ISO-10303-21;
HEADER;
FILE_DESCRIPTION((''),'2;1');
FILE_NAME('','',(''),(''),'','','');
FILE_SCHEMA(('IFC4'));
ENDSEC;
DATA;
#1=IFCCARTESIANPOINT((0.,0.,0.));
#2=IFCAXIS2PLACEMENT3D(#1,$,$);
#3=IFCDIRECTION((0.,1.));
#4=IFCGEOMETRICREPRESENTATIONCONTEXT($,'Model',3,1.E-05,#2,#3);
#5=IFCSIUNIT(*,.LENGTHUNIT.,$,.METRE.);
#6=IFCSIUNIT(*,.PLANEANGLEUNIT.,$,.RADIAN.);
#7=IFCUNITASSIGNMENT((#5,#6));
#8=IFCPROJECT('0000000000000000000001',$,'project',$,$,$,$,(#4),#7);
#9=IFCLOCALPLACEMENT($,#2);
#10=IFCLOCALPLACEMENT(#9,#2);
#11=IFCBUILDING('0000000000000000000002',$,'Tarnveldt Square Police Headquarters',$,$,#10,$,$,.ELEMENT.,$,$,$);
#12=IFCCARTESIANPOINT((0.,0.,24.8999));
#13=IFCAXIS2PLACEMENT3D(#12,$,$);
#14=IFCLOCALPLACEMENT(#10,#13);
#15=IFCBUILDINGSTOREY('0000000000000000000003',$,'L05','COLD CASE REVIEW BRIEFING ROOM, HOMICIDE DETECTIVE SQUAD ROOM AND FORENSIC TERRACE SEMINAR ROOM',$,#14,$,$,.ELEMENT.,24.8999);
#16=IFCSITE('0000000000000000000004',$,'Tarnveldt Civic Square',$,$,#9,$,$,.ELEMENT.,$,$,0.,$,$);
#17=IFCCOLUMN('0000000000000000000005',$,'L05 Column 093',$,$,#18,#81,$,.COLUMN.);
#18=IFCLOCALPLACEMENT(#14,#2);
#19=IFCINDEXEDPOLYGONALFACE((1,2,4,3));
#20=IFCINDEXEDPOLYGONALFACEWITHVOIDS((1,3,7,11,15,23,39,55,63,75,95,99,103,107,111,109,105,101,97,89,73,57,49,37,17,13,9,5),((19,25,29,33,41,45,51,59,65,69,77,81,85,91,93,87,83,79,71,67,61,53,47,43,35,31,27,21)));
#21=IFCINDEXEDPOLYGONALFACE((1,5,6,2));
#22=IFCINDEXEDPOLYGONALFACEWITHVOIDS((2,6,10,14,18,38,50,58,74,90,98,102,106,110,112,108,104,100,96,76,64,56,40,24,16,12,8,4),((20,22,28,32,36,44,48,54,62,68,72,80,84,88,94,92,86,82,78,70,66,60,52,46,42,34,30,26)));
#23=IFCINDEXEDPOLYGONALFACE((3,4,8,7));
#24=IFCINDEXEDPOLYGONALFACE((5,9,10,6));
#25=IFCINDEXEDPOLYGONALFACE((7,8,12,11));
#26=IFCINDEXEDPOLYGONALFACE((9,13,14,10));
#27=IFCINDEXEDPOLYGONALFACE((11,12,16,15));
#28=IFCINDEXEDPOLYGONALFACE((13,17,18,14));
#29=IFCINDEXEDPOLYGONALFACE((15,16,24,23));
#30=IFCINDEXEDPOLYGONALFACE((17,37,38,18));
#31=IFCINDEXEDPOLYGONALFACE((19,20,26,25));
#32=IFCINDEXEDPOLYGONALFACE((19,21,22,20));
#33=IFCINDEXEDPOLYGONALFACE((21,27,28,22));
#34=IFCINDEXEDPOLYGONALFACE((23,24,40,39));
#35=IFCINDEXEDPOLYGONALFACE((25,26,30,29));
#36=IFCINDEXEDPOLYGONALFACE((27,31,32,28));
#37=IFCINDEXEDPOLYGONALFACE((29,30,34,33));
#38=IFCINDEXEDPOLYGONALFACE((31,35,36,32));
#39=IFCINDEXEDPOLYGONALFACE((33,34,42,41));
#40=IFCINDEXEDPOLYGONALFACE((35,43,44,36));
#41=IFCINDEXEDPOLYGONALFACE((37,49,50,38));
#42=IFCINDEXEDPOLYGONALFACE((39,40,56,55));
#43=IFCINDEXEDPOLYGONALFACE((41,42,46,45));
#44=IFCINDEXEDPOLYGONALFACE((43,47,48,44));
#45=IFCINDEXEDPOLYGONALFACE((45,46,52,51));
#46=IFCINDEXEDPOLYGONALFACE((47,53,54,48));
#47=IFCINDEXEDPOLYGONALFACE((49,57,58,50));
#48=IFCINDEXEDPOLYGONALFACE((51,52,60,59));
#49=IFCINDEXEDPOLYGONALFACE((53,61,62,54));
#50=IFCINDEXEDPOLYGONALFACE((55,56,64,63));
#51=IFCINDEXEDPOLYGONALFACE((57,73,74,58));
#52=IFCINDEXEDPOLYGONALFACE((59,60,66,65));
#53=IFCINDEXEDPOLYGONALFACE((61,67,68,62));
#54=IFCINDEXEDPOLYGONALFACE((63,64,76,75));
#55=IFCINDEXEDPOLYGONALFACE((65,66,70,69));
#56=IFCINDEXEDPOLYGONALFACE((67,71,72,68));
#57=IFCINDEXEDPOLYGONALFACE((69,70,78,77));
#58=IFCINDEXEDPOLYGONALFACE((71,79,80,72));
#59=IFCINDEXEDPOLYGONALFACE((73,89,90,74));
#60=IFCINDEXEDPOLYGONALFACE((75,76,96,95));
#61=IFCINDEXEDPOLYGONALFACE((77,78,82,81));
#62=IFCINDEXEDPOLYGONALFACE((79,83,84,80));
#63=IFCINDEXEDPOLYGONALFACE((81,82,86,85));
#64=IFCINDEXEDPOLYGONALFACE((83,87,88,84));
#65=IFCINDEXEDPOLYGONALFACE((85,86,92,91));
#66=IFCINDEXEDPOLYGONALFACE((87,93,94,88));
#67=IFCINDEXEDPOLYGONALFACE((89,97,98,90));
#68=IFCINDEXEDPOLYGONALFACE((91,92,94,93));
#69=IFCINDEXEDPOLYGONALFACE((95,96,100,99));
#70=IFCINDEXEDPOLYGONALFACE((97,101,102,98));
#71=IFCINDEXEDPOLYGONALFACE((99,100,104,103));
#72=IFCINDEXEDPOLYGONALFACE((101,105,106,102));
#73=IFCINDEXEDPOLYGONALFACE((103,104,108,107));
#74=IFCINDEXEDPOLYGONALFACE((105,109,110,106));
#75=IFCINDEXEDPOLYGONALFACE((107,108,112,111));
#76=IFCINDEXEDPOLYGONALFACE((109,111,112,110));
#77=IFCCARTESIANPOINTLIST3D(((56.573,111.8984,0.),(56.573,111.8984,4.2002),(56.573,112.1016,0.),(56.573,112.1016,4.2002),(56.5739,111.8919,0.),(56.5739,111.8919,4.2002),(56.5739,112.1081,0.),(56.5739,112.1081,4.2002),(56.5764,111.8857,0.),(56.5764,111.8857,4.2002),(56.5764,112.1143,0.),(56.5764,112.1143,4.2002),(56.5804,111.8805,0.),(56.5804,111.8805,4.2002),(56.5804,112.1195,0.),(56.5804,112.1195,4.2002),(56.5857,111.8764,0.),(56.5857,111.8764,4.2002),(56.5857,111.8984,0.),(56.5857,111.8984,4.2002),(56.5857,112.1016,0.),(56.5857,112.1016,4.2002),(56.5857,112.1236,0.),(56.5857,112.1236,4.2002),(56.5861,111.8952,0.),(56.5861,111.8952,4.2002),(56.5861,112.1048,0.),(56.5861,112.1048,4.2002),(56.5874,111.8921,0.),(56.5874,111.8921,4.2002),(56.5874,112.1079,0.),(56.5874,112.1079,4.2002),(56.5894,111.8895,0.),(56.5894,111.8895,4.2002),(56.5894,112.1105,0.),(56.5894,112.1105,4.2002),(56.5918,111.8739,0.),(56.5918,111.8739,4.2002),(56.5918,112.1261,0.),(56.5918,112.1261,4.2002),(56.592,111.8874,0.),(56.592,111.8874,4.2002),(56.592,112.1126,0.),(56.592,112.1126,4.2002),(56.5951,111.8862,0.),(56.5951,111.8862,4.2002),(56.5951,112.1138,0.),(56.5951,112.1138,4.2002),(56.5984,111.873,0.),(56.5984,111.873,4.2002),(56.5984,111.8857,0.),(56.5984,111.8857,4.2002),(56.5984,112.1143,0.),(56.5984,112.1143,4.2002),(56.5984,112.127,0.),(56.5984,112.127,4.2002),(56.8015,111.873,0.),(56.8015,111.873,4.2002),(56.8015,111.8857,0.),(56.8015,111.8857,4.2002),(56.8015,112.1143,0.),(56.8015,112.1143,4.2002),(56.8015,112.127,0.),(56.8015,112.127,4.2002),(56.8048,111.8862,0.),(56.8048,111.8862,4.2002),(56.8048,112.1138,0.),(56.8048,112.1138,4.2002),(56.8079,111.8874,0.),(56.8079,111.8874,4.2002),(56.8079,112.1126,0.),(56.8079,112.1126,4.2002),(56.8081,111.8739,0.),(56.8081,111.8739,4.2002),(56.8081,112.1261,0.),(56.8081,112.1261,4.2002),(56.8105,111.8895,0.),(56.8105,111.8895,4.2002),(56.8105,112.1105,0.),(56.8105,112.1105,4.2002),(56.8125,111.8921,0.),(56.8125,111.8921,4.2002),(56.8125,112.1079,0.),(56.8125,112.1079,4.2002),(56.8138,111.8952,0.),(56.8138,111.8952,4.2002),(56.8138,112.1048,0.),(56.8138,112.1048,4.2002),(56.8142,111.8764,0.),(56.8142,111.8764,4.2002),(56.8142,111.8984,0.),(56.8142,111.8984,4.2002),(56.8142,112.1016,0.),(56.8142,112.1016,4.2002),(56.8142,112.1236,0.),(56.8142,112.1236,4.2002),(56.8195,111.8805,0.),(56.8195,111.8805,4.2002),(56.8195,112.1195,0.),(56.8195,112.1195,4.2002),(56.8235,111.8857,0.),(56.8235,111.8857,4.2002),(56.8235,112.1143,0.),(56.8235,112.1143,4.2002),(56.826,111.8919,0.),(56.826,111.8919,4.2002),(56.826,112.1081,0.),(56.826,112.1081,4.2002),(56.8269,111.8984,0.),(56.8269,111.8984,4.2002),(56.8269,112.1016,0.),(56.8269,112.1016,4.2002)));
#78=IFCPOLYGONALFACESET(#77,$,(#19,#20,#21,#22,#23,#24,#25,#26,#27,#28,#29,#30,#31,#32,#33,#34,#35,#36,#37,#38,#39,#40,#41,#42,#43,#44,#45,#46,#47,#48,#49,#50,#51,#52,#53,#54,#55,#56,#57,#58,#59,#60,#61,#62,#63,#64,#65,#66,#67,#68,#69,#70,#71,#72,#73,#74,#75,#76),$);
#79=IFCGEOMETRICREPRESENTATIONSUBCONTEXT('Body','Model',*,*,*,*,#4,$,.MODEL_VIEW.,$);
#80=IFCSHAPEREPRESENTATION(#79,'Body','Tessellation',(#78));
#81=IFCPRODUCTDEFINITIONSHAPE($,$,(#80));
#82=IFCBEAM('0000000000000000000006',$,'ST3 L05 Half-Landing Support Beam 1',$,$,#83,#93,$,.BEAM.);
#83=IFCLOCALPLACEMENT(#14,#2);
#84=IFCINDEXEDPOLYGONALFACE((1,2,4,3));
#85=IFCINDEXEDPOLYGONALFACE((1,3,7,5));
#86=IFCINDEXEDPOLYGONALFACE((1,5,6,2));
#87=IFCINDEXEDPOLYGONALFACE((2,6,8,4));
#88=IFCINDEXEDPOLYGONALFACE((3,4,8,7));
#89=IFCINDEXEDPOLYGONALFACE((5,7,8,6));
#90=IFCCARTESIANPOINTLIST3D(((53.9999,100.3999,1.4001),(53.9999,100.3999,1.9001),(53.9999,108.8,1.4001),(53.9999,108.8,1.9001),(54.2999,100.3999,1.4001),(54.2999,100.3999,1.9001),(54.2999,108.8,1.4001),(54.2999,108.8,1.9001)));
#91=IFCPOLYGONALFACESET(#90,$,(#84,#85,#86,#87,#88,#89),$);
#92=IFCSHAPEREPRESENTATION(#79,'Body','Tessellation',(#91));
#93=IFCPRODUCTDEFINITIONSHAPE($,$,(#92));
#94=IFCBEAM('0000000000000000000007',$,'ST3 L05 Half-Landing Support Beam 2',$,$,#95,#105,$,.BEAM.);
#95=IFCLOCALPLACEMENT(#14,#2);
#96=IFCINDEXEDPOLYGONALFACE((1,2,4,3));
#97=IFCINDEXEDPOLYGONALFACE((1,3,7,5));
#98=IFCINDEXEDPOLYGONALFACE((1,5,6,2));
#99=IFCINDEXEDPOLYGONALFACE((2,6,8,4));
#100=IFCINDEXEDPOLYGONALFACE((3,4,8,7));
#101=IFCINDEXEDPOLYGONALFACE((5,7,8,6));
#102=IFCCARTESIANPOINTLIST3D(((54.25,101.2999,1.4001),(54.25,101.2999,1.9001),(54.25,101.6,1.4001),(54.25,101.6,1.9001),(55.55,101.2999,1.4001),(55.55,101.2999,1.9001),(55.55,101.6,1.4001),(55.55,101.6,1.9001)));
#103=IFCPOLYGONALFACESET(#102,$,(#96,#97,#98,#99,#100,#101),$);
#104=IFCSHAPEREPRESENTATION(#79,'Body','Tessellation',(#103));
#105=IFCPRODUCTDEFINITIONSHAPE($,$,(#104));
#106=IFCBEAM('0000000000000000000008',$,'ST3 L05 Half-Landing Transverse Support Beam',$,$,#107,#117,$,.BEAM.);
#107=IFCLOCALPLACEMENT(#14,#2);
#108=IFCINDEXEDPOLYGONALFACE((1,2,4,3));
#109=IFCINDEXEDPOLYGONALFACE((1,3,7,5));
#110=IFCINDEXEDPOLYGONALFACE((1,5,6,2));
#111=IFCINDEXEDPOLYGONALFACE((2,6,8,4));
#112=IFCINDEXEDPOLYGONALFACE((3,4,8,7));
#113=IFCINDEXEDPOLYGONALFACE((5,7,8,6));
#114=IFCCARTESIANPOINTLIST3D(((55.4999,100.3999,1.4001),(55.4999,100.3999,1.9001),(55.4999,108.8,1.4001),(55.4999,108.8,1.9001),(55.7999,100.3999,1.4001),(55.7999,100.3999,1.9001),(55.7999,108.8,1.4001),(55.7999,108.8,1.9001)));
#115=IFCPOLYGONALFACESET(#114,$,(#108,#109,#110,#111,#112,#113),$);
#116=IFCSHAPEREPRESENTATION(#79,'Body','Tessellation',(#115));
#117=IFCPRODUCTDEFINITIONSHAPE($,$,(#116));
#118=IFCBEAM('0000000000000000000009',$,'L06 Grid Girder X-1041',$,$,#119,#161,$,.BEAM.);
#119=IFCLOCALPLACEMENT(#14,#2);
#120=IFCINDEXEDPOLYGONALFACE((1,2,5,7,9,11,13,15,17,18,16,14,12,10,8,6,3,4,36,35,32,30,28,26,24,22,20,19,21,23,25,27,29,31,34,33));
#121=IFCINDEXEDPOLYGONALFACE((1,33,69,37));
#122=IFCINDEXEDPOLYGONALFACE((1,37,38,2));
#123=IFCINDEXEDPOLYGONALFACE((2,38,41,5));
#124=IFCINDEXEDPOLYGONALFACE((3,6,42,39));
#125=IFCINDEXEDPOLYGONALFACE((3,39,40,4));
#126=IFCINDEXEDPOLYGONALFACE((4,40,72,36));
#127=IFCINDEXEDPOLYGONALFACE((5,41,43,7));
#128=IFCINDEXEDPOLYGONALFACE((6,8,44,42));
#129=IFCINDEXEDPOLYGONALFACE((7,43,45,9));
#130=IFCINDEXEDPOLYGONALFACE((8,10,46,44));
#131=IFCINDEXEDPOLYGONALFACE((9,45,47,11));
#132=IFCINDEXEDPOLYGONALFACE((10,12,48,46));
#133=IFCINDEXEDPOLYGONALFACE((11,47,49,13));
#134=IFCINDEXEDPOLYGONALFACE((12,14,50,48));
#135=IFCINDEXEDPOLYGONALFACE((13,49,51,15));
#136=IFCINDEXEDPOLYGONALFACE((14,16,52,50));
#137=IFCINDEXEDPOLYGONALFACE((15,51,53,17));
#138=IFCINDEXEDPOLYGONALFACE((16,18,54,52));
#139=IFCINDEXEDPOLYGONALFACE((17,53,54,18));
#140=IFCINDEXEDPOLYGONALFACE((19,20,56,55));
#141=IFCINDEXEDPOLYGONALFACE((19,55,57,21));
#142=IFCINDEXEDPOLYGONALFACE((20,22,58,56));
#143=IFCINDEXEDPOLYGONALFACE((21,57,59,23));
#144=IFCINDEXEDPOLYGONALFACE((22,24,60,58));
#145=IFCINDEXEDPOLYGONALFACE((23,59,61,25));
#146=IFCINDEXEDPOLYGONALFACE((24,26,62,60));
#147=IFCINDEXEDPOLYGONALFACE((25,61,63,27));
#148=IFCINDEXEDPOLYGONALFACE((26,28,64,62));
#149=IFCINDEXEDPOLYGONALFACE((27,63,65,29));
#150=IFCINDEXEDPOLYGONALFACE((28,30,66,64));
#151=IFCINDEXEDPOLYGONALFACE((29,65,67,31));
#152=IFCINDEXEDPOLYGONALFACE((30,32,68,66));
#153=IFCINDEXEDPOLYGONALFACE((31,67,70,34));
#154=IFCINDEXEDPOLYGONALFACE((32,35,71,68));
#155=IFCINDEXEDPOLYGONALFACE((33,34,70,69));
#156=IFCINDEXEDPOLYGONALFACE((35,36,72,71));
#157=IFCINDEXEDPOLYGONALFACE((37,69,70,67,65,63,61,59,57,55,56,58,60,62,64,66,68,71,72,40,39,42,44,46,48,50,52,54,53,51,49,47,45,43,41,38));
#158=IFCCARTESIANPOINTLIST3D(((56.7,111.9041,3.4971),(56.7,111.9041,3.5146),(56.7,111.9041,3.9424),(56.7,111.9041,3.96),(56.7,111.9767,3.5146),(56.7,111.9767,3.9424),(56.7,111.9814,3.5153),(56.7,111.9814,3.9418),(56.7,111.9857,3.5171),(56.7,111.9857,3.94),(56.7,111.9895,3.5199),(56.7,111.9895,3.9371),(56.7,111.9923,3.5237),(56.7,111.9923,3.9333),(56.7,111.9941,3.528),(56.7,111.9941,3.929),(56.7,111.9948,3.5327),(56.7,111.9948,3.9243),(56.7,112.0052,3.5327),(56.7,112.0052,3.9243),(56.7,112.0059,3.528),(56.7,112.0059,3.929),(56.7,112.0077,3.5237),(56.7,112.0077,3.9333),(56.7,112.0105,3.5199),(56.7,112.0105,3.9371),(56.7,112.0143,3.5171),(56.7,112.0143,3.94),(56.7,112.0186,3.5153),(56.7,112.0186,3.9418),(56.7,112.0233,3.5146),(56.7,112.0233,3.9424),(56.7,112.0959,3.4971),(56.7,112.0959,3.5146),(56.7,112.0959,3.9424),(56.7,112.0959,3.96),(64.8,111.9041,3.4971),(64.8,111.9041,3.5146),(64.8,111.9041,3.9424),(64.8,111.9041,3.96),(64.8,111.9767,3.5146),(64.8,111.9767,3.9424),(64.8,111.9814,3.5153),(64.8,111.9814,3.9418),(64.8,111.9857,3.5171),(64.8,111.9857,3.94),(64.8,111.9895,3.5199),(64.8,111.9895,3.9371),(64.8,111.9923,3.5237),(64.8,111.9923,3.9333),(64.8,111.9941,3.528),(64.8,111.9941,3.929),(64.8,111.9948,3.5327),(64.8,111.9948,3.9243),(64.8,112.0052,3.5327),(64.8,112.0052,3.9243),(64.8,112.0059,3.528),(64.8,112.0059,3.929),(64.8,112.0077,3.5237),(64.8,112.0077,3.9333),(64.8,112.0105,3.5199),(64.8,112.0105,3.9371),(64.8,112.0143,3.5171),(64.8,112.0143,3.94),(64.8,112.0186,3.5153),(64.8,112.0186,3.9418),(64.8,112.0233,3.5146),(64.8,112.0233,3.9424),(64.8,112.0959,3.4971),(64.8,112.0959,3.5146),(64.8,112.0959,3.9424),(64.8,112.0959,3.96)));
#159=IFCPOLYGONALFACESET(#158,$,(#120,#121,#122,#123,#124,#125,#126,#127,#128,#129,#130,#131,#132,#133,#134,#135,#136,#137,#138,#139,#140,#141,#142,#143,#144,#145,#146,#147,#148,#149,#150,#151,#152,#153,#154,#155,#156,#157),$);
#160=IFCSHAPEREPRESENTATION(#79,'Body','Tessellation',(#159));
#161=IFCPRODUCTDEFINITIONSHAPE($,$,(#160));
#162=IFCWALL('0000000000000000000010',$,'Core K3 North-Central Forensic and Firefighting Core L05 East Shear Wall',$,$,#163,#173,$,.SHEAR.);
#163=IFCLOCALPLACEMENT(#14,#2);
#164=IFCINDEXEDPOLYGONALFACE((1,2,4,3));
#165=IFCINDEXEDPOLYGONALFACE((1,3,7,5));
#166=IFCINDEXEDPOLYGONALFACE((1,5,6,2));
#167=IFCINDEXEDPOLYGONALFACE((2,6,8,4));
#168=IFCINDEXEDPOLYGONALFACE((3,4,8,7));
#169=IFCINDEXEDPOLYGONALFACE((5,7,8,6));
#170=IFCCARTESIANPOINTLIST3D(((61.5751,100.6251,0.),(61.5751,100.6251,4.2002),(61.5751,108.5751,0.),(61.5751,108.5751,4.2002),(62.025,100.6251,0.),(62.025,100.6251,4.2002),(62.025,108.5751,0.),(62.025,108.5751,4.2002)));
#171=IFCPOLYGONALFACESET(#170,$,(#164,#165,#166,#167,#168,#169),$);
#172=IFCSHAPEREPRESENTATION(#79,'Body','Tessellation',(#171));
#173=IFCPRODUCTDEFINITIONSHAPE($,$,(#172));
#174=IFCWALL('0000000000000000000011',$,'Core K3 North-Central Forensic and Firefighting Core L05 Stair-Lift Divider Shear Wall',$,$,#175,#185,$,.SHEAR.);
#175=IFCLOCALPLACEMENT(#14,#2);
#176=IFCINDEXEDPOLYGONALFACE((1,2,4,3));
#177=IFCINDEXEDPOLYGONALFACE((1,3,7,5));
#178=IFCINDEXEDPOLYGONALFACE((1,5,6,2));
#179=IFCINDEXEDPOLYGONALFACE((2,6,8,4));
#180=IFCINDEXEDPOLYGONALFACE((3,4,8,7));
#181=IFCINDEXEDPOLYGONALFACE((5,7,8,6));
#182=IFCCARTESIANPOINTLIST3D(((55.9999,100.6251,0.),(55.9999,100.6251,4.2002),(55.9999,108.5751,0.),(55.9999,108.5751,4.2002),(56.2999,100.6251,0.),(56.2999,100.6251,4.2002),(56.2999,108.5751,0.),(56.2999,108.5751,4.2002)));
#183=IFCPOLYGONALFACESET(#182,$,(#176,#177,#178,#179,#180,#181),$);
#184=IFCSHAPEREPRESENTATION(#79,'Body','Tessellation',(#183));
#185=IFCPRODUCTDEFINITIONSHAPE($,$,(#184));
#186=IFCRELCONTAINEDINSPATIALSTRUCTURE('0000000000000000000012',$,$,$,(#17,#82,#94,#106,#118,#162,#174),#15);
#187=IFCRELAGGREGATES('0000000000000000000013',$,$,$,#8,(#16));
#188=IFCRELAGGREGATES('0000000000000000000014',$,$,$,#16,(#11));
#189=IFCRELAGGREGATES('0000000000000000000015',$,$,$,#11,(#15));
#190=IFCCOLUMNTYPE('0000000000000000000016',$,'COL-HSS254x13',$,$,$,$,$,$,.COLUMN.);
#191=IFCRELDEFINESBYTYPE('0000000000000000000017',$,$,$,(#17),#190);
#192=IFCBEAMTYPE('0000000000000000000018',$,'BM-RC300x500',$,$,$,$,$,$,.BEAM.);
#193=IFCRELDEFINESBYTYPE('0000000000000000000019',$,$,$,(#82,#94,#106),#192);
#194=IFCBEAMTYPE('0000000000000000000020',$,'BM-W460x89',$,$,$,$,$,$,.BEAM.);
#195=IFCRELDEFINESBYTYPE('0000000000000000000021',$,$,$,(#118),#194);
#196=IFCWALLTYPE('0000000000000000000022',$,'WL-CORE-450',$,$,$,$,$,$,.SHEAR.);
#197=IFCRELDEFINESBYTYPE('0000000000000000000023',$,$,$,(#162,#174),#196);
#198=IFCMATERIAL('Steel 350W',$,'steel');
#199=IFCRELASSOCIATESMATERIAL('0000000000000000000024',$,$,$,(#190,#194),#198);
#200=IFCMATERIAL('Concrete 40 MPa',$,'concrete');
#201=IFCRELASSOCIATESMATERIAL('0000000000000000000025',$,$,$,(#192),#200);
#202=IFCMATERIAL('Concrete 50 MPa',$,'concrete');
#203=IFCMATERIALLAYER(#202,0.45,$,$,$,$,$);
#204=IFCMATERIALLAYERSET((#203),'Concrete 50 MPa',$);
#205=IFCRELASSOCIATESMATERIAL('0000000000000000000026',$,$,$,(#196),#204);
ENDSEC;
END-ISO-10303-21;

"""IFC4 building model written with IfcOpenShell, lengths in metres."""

from ifc_helpers import new_model, si_unit, direction, frame, frame_2d, origin, origin_2d, place, context, subcontext, project, spatial, rectangle, hollow_rectangle, i_section, extrude, material, layer, layer_set, material_profile, profile_set, type_object, element, save


model = new_model("IFC4")

# Units and contexts
model_context = context("Model", 3, precision=1e-05, world=origin(), true_north=direction((0.0, 1.0)))
body_context = subcontext(model_context, "Body", "Model", "MODEL_VIEW")
ifc_project = project(units=[si_unit("LENGTHUNIT", "METRE"), si_unit("PLANEANGLEUNIT", "RADIAN")], contexts=[model_context])

# Site, building, storey
site_placement = place(None, origin())
site = spatial("IfcSite", under=ifc_project, at=site_placement, Name="Tarnveldt Civic Square", CompositionType="ELEMENT", RefElevation=0.0)
building_placement = place(site_placement, origin())
building = spatial("IfcBuilding", under=site, at=building_placement, Name="Tarnveldt Square Police Headquarters", CompositionType="ELEMENT")
storey_placement = place(building_placement, frame((0.0, 0.0, 24.8999)))
storey = spatial("IfcBuildingStorey", under=building, at=storey_placement, Name="L05", Description="COLD CASE REVIEW BRIEFING ROOM, HOMICIDE DETECTIVE SQUAD ROOM AND FORENSIC TERRACE SEMINAR ROOM", CompositionType="ELEMENT", Elevation=24.8999)

# Column
ifc_material_1 = material(Name="Steel 350W", Category="steel")
ifc_material_profile_1 = material_profile(ifc_material_1, hollow_rectangle(XDim=0.2539, YDim=0.2539, WallThickness=0.0127, InnerFilletRadius=0.0127, OuterFilletRadius=0.0254, at=origin_2d()), Name="HSS254x254x13")
ifc_profile_set_1 = profile_set([ifc_material_profile_1], Name="Steel 350W")
column_type = type_object("IfcColumnType", Name="COL-HSS254x13", PredefinedType="COLUMN", material=ifc_profile_set_1)
column_placement = place(storey_placement, frame((56.7, 112.0, 0.0), z_axis=(0.0, 0.0, 1.0), x_axis=(1.0, 0.0, 0.0)))
element("IfcColumn", 1, at=column_placement, inside=storey, type_object=column_type, Name="L05 Column 093", PredefinedType="COLUMN", context=body_context, shape_type="SweptSolid", body=[
    extrude(hollow_rectangle(XDim=0.2539, YDim=0.2539, WallThickness=0.0127, InnerFilletRadius=0.0127, OuterFilletRadius=0.0254, at=origin_2d()), origin(), (0.0, 0.0, 1.0), 4.2002),
])

# Beams
ifc_material_2 = material(Name="Concrete 40 MPa", Category="concrete")
ifc_material_profile_2 = material_profile(ifc_material_2, rectangle(XDim=0.3, YDim=0.5, at=origin_2d()), Name="RC-B300x500")
ifc_profile_set_2 = profile_set([ifc_material_profile_2], Name="Concrete 40 MPa")
beam_type_1 = type_object("IfcBeamType", Name="BM-RC300x500", PredefinedType="BEAM", material=ifc_profile_set_2)
beam_1_placement = place(storey_placement, frame((54.1499, 100.3999, 1.6501), z_axis=(0.0, 1.0, 0.0), x_axis=(-1.0, 0.0, 0.0)))
element("IfcBeam", 2, at=beam_1_placement, inside=storey, type_object=beam_type_1, Name="ST3 L05 Half-Landing Support Beam 1", PredefinedType="BEAM", context=body_context, shape_type="SweptSolid", body=[
    extrude(rectangle(XDim=0.3, YDim=0.5, at=origin_2d()), origin(), (0.0, 0.0, 1.0), 8.4001),
])
beam_2_placement = place(storey_placement, frame((54.25, 101.45, 1.6501), z_axis=(1.0, 0.0, 0.0), x_axis=(0.0, 1.0, 0.0)))
element("IfcBeam", 3, at=beam_2_placement, inside=storey, type_object=beam_type_1, Name="ST3 L05 Half-Landing Support Beam 2", PredefinedType="BEAM", context=body_context, shape_type="SweptSolid", body=[
    extrude(rectangle(XDim=0.3, YDim=0.5, at=origin_2d()), origin(), (0.0, 0.0, 1.0), 1.3),
])
beam_3_placement = place(storey_placement, frame((55.6499, 100.3999, 1.6501), z_axis=(0.0, 1.0, 0.0), x_axis=(-1.0, 0.0, 0.0)))
element("IfcBeam", 4, at=beam_3_placement, inside=storey, type_object=beam_type_1, Name="ST3 L05 Half-Landing Transverse Support Beam", PredefinedType="BEAM", context=body_context, shape_type="SweptSolid", body=[
    extrude(rectangle(XDim=0.3, YDim=0.5, at=origin_2d()), origin(), (0.0, 0.0, 1.0), 8.4001),
])
ifc_material_profile_3 = material_profile(ifc_material_1, i_section(OverallWidth=0.1919, OverallDepth=0.4629, WebThickness=0.0105, FlangeThickness=0.0176, FilletRadius=0.0181, at=origin_2d()), Name="W460x89")
ifc_profile_set_3 = profile_set([ifc_material_profile_3], Name="Steel 350W")
beam_type_2 = type_object("IfcBeamType", Name="BM-W460x89", PredefinedType="BEAM", material=ifc_profile_set_3)
beam_4_placement = place(storey_placement, frame((56.7, 112.0, 3.7285), z_axis=(1.0, 0.0, 0.0), x_axis=(0.0, 1.0, 0.0)))
element("IfcBeam", 5, at=beam_4_placement, inside=storey, type_object=beam_type_2, Name="L06 Grid Girder X-1041", PredefinedType="BEAM", context=body_context, shape_type="SweptSolid", body=[
    extrude(i_section(OverallWidth=0.1919, OverallDepth=0.4629, WebThickness=0.0105, FlangeThickness=0.0176, FilletRadius=0.0181, at=origin_2d()), origin(), (0.0, 0.0, 1.0), 8.1001),
])

# Walls
ifc_material_3 = material(Name="Concrete 50 MPa", Category="concrete")
ifc_layer_1 = layer(ifc_material_3, 0.45)
ifc_layer_set_1 = layer_set([ifc_layer_1], Name="Concrete 50 MPa")
wall_type_1 = type_object("IfcWallType", Name="WL-CORE-450", PredefinedType="SHEAR", material=ifc_layer_set_1)
wall_1_placement = place(storey_placement, frame((61.8, 100.625, 0.0), z_axis=(0.0, 0.0, 1.0), x_axis=(0.0, 1.0, 0.0)))
element("IfcWall", 6, at=wall_1_placement, inside=storey, type_object=wall_type_1, Name="Core K3 North-Central Forensic and Firefighting Core L05 East Shear Wall", PredefinedType="SHEAR", context=body_context, shape_type="SweptSolid", body=[
    extrude(rectangle(XDim=7.95, YDim=0.45, at=frame_2d((3.9751, 0.0))), origin(), (0.0, 0.0, 1.0), 4.2002),
])
wall_2_placement = place(storey_placement, frame((56.1499, 100.625, 0.0), z_axis=(0.0, 0.0, 1.0), x_axis=(0.0, 1.0, 0.0)))
element("IfcWall", 7, at=wall_2_placement, inside=storey, type_object=wall_type_1, Name="Core K3 North-Central Forensic and Firefighting Core L05 Stair-Lift Divider Shear Wall", PredefinedType="SHEAR", context=body_context, shape_type="SweptSolid", body=[
    extrude(rectangle(XDim=7.95, YDim=0.3, at=frame_2d((3.9751, 0.0))), origin(), (0.0, 0.0, 1.0), 4.2002),
])

save(model, "model.ifc")
